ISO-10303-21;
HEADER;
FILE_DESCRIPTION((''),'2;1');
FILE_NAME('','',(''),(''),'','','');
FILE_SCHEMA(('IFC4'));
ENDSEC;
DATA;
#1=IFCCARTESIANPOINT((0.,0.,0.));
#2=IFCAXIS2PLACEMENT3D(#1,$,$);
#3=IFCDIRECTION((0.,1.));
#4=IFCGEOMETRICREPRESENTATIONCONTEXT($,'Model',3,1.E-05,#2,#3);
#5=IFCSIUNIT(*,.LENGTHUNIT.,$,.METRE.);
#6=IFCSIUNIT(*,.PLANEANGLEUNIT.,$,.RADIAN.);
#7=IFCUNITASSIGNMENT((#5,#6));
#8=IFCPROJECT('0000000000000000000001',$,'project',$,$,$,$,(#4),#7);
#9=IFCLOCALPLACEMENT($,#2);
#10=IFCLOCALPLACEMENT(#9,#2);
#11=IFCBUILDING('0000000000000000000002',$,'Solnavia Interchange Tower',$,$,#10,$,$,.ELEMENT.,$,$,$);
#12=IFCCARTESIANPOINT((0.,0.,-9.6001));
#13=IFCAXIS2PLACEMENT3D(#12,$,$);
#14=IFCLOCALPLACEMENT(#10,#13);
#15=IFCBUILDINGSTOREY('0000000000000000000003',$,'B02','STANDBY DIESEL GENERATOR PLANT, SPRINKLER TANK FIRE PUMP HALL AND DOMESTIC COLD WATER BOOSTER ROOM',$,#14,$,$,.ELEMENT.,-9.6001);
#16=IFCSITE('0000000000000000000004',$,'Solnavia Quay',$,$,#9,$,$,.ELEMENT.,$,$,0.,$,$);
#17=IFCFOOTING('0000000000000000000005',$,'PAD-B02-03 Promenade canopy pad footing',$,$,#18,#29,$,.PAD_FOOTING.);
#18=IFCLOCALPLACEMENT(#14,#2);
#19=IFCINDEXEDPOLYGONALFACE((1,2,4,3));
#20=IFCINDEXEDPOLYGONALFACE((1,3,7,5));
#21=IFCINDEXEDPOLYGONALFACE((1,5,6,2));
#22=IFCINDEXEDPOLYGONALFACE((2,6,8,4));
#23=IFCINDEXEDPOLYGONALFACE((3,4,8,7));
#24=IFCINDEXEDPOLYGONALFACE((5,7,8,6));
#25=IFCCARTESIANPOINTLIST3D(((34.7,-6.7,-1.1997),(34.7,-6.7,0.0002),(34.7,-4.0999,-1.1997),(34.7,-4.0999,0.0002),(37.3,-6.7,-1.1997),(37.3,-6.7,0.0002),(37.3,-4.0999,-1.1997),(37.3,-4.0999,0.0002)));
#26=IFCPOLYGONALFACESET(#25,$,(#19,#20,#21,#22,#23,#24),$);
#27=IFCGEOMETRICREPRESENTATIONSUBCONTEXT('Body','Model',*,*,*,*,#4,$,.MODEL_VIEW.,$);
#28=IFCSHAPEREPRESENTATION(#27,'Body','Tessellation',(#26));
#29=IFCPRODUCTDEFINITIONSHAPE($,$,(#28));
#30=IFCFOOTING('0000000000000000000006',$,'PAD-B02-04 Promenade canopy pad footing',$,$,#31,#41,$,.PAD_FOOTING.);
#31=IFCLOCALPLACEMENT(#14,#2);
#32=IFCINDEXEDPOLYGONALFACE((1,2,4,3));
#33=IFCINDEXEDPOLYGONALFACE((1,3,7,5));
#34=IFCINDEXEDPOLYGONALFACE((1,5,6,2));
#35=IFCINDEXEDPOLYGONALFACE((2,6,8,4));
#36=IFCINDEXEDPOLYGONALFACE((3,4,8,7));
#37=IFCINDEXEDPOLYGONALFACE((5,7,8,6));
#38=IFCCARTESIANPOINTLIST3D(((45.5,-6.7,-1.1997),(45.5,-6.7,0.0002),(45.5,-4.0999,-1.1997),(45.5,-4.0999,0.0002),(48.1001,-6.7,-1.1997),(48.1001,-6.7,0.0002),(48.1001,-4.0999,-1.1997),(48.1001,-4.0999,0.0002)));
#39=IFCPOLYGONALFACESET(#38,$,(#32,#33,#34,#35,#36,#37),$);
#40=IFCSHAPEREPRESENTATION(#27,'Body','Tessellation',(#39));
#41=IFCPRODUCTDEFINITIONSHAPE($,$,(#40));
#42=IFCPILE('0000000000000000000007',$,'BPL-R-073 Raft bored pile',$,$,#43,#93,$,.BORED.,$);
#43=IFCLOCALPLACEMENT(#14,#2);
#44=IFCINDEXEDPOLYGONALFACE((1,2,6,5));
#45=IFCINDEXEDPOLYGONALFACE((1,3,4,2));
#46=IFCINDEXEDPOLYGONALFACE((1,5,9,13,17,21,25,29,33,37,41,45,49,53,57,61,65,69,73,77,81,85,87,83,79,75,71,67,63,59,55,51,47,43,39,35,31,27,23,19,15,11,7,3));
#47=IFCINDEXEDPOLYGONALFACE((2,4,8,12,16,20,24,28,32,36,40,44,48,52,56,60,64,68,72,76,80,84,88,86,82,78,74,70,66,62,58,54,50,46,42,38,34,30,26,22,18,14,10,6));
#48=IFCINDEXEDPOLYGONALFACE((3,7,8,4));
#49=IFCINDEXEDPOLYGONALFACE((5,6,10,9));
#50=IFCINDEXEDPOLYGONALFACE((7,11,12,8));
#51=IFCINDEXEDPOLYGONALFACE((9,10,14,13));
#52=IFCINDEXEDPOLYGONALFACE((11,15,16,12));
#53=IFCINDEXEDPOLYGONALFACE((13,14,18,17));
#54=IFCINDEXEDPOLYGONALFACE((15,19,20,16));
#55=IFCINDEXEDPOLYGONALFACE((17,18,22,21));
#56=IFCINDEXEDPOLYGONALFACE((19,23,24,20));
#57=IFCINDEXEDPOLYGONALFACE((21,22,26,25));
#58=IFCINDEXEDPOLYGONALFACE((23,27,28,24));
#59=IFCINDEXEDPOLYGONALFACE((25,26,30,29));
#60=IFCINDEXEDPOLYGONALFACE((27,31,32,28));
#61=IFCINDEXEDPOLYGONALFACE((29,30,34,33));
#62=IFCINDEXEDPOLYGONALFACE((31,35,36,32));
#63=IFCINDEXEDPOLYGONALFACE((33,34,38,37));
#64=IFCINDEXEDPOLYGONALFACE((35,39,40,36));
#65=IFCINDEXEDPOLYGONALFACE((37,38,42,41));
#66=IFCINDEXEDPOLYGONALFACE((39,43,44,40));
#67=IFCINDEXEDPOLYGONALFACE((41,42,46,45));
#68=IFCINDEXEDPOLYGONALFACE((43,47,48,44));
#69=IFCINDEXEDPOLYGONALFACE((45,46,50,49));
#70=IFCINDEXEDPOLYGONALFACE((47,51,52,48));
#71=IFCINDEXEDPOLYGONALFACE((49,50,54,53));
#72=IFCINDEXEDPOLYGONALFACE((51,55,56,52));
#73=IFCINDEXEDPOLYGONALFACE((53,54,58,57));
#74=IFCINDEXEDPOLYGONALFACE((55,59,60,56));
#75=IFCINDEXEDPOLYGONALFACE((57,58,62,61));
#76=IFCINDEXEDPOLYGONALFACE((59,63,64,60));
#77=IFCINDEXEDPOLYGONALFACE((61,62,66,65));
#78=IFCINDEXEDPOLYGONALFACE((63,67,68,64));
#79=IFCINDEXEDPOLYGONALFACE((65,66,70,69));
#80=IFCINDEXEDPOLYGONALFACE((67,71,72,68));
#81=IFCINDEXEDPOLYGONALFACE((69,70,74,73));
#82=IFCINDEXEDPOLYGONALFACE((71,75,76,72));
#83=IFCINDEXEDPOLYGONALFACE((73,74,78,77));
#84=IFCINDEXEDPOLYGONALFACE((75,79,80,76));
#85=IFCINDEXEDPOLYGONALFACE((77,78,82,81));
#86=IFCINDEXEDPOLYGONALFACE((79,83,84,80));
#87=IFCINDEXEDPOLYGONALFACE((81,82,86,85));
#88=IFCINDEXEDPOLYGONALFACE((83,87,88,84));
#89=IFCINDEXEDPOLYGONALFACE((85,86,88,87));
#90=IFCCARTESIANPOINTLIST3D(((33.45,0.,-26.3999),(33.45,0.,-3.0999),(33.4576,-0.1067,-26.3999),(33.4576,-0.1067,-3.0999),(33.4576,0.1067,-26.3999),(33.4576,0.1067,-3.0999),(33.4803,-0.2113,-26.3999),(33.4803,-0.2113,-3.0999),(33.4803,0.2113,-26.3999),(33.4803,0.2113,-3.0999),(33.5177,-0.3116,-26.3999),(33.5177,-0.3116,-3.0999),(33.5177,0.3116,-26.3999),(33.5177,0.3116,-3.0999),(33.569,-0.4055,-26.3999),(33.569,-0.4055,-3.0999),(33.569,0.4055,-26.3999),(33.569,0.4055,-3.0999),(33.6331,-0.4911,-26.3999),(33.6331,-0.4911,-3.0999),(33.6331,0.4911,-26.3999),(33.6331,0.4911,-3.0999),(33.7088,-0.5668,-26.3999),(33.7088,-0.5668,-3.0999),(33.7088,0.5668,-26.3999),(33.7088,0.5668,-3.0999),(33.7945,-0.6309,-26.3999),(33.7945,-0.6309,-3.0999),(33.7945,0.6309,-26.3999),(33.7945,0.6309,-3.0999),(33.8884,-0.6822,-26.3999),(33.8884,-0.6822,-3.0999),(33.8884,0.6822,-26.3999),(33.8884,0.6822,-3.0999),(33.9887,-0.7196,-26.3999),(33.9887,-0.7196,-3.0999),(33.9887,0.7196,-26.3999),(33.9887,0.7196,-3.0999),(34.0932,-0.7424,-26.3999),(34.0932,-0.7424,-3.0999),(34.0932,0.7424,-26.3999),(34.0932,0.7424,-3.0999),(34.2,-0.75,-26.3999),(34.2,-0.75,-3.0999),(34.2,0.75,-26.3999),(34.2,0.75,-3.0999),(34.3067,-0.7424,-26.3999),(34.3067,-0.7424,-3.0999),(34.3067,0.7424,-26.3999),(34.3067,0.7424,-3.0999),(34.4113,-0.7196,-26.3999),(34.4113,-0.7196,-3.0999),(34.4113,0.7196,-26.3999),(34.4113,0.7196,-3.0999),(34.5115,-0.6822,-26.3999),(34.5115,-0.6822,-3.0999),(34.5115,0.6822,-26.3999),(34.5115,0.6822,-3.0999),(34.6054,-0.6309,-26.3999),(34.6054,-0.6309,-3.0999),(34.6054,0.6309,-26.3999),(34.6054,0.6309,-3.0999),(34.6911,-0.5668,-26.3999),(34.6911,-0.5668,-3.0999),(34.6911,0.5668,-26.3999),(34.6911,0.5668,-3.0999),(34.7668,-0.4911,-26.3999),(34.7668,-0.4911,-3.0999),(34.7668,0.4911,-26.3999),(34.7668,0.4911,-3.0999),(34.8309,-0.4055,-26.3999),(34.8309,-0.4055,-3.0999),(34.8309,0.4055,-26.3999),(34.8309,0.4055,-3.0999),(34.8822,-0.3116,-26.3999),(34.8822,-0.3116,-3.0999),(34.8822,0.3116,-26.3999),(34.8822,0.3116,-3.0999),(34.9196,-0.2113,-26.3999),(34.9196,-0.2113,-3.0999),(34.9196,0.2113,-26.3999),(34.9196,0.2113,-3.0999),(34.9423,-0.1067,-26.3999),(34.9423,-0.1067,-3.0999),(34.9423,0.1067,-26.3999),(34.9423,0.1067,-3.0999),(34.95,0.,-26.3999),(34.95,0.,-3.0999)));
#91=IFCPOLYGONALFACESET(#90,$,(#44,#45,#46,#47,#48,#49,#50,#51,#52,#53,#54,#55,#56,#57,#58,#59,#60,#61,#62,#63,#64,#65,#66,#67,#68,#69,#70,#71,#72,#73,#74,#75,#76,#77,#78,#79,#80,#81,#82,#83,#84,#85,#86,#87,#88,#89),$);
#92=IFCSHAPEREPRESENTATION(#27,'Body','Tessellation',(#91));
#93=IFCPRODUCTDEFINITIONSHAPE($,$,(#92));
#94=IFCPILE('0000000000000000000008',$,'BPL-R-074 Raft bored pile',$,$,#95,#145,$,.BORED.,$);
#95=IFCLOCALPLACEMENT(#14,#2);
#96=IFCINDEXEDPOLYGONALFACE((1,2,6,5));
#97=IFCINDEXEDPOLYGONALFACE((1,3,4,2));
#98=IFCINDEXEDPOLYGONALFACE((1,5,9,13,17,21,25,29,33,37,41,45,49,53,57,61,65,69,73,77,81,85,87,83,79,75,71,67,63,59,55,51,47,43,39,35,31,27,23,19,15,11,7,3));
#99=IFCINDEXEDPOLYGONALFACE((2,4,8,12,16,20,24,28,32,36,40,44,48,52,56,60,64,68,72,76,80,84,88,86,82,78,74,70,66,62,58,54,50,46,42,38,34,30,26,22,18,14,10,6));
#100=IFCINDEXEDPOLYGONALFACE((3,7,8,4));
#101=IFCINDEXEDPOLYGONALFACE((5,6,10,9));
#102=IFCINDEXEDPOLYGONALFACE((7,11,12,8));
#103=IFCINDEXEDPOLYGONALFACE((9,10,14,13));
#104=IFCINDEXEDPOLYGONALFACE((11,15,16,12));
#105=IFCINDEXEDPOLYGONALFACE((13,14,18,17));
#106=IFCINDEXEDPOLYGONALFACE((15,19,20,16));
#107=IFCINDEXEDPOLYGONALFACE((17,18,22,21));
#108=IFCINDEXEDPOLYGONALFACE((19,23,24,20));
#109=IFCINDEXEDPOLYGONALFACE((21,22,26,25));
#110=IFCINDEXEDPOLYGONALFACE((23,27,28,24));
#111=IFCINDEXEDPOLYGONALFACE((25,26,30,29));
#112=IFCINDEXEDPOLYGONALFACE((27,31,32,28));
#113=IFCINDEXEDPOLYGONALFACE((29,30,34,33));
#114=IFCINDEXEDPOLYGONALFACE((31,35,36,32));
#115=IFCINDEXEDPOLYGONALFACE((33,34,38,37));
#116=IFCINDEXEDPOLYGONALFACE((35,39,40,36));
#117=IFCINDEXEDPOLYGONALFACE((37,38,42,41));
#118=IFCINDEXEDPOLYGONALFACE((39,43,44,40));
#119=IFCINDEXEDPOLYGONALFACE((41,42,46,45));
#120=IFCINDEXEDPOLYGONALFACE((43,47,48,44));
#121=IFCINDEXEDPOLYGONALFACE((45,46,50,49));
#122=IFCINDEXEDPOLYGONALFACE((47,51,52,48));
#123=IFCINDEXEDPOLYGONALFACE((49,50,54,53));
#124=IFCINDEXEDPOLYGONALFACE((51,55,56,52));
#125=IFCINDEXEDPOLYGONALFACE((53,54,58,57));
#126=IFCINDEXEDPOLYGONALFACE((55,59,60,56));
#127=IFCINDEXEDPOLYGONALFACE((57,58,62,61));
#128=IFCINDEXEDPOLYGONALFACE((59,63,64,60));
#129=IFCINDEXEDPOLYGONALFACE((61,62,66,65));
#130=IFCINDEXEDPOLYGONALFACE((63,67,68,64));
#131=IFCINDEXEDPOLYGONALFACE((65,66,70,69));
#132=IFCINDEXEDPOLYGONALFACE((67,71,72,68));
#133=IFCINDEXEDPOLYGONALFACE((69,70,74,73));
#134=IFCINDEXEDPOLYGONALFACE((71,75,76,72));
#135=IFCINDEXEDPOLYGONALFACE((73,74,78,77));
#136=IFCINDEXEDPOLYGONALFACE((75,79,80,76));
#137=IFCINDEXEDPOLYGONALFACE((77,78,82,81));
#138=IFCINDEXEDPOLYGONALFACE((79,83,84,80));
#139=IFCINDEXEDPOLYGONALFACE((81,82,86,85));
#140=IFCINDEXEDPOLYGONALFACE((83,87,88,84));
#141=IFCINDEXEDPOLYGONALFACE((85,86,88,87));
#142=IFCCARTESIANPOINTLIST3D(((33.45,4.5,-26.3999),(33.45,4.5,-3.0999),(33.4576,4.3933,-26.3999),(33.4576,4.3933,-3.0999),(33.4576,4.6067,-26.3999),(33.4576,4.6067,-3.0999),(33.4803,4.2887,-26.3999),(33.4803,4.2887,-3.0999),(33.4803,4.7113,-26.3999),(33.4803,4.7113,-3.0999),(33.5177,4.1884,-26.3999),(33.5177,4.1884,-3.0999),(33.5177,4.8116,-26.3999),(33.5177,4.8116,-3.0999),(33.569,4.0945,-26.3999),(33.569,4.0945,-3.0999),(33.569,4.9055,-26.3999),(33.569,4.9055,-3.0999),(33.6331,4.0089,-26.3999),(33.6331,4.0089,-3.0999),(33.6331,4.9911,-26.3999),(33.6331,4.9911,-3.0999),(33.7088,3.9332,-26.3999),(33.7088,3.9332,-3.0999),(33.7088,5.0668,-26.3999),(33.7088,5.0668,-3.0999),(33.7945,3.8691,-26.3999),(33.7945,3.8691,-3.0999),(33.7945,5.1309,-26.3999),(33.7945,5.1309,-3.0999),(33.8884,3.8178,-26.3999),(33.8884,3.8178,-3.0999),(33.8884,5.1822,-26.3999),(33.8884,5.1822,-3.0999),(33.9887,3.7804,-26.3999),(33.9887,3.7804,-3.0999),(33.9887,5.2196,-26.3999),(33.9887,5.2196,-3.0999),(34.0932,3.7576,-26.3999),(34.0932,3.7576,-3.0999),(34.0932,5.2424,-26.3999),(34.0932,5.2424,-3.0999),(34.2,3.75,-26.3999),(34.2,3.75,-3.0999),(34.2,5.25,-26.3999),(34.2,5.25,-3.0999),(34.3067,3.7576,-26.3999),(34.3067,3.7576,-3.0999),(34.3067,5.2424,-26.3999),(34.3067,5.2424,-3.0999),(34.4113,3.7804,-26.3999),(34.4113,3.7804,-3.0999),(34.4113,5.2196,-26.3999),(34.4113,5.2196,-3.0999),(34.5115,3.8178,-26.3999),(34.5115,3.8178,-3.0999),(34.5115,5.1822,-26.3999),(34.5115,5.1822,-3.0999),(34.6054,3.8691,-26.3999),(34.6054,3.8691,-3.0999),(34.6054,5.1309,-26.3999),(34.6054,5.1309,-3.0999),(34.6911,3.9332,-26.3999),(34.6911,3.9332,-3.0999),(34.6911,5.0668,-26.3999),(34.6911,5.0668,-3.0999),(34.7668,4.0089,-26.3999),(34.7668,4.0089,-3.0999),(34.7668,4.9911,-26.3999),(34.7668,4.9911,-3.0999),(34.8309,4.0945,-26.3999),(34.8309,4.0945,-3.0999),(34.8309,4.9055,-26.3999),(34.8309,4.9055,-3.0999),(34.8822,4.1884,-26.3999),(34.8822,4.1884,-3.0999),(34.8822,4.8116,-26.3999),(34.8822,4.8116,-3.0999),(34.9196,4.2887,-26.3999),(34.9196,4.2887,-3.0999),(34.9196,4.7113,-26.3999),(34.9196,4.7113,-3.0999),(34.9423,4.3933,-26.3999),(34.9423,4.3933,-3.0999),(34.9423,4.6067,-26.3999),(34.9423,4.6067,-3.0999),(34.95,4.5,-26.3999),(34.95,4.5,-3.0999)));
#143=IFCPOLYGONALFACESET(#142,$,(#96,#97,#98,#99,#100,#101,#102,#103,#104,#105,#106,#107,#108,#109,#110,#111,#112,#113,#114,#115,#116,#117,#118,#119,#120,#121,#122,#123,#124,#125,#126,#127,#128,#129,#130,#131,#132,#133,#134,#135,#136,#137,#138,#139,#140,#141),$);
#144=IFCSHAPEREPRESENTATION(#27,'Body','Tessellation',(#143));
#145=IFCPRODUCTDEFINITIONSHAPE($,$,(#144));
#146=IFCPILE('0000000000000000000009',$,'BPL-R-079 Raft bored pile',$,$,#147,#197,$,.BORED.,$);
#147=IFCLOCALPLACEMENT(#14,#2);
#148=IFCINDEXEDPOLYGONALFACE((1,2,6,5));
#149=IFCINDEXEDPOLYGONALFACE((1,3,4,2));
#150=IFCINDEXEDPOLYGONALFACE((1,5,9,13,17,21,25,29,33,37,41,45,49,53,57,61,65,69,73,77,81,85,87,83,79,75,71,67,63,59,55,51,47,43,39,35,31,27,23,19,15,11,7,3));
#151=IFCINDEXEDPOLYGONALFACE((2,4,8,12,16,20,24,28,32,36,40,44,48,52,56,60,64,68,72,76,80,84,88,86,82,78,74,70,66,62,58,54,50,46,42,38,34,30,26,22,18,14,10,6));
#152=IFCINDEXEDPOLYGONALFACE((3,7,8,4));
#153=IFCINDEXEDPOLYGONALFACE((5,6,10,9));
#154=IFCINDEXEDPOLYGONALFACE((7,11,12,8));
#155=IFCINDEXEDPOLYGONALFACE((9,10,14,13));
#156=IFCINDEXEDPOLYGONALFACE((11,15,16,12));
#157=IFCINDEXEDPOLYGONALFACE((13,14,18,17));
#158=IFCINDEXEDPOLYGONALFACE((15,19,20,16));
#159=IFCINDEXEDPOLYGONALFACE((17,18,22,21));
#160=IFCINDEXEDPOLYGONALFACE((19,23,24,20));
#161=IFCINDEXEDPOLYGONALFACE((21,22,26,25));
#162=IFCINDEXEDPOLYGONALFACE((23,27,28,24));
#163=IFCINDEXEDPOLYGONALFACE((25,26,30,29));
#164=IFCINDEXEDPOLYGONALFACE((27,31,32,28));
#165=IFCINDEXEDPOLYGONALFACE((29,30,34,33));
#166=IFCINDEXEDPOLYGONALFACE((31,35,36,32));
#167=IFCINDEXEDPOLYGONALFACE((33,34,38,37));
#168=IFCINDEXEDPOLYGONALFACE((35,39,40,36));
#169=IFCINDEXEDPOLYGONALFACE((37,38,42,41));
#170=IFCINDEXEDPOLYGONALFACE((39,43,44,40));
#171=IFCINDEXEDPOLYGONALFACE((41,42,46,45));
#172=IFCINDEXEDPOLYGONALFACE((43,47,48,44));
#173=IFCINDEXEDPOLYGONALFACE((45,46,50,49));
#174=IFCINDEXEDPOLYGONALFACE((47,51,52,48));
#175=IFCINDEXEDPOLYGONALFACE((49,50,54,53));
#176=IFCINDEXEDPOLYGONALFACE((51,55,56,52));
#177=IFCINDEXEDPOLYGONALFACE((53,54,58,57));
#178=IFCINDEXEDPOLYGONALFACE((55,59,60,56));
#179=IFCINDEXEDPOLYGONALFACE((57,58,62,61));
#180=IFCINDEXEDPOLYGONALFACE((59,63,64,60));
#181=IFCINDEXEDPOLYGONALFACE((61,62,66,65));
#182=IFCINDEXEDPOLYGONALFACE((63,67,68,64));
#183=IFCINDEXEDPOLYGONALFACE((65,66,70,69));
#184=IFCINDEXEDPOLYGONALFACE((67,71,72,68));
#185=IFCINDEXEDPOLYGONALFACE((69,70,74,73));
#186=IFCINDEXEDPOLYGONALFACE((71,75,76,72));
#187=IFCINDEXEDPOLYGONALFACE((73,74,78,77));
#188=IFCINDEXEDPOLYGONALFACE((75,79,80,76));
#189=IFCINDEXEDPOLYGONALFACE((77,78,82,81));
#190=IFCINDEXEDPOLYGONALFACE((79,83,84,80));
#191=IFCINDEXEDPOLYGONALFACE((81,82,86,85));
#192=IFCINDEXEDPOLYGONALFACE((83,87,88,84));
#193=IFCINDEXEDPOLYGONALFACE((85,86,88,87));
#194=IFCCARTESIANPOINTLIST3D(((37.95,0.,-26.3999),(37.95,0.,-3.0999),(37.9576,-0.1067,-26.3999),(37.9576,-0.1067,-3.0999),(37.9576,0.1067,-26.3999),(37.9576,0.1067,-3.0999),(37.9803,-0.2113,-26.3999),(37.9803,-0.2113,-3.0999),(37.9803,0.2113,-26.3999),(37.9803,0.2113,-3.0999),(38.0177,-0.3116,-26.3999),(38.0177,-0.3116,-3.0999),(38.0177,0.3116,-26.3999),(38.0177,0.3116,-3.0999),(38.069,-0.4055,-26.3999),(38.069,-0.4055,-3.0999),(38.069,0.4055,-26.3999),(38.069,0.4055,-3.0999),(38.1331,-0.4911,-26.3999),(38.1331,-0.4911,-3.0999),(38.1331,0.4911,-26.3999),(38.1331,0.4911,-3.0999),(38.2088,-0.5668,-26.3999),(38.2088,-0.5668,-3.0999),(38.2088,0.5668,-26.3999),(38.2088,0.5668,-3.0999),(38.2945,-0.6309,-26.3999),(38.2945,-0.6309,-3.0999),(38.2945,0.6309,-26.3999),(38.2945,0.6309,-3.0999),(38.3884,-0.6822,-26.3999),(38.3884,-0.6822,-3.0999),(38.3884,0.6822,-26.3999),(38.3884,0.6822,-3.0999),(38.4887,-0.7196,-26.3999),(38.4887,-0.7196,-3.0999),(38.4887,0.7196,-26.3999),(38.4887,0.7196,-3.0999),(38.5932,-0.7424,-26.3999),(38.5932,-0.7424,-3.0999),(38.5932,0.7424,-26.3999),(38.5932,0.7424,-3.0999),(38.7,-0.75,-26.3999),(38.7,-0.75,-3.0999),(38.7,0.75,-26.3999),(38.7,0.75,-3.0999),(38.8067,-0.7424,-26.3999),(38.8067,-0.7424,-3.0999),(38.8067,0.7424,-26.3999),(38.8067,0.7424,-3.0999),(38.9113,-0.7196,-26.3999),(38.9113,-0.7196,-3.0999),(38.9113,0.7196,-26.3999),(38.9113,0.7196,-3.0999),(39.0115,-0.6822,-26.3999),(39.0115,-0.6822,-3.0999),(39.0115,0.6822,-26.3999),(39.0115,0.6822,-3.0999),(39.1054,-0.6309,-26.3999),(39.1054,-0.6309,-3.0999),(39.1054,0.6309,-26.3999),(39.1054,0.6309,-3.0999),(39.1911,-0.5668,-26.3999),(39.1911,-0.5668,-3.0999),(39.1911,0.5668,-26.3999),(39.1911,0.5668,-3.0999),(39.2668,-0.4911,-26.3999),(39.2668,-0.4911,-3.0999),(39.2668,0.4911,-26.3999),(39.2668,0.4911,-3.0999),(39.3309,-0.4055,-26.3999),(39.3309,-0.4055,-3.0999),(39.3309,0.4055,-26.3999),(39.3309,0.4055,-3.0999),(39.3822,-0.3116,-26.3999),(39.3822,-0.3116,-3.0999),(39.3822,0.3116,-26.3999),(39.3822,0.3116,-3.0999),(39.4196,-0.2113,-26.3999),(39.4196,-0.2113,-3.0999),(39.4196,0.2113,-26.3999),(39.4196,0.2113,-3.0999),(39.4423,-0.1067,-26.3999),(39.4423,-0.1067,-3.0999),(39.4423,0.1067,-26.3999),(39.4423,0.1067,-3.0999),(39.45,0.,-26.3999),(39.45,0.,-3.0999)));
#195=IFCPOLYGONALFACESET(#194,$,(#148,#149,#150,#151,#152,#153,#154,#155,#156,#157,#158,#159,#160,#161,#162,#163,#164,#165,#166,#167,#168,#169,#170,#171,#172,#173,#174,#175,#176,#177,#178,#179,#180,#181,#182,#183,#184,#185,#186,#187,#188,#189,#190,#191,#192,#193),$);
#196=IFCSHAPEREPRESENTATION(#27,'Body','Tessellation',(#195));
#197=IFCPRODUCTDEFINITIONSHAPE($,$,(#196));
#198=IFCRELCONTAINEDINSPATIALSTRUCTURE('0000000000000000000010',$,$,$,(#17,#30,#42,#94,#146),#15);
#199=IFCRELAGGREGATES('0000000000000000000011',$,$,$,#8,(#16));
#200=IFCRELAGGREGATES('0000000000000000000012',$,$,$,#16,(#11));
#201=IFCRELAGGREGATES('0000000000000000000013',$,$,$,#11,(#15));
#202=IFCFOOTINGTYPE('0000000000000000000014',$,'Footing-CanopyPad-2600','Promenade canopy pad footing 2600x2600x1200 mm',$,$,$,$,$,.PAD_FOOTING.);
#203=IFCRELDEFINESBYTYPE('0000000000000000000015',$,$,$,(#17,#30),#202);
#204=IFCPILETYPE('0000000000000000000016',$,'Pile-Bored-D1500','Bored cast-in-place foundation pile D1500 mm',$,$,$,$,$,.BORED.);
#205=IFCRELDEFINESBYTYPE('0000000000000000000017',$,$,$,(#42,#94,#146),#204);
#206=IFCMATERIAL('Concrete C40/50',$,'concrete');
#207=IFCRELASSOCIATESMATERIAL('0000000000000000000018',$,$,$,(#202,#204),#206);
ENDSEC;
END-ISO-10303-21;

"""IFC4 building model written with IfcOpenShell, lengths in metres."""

from ifc_helpers import new_model, si_unit, direction, frame, origin, origin_2d, place, context, subcontext, project, spatial, rectangle, circle, extrude, material, material_profile, profile_set, type_object, element, save


model = new_model("IFC4")

# Units and contexts
model_context = context("Model", 3, precision=1e-05, world=origin(), true_north=direction((0.0, 1.0)))
body_context = subcontext(model_context, "Body", "Model", "MODEL_VIEW")
ifc_project = project(units=[si_unit("LENGTHUNIT", "METRE"), si_unit("PLANEANGLEUNIT", "RADIAN")], contexts=[model_context])

# Site, building, storey
site_placement = place(None, origin())
site = spatial("IfcSite", under=ifc_project, at=site_placement, Name="Solnavia Quay", CompositionType="ELEMENT", RefElevation=0.0)
building_placement = place(site_placement, origin())
building = spatial("IfcBuilding", under=site, at=building_placement, Name="Solnavia Interchange Tower", CompositionType="ELEMENT")
storey_placement = place(building_placement, frame((0.0, 0.0, -9.6001)))
storey = spatial("IfcBuildingStorey", under=building, at=storey_placement, Name="B02", Description="STANDBY DIESEL GENERATOR PLANT, SPRINKLER TANK FIRE PUMP HALL AND DOMESTIC COLD WATER BOOSTER ROOM", CompositionType="ELEMENT", Elevation=-9.6001)

# Footings
ifc_material_1 = material(Name="Concrete C40/50", Category="concrete")
footing_type = type_object("IfcFootingType", Name="Footing-CanopyPad-2600", Description="Promenade canopy pad footing 2600x2600x1200 mm", PredefinedType="PAD_FOOTING", material=ifc_material_1)
for number, where, z_axis, x_axis, name in (
    (1, (36.0, -5.3999, -1.1997), (0.0, 0.0, 1.0), (1.0, 0.0, 0.0), "PAD-B02-03 Promenade canopy pad footing"),
    (2, (46.8, -5.3999, -1.1997), (0.0, 0.0, 1.0), (1.0, 0.0, 0.0), "PAD-B02-04 Promenade canopy pad footing"),
):
    element("IfcFooting", number, at=place(storey_placement, frame(where, z_axis=z_axis, x_axis=x_axis)), inside=storey, type_object=footing_type, Name=name, PredefinedType="PAD_FOOTING", context=body_context, shape_type="SweptSolid", body=[
        extrude(rectangle(XDim=2.6001, YDim=2.6001, at=origin_2d()), origin(), (0.0, 0.0, 1.0), 1.2),
    ])

# Piles
ifc_material_profile_1 = material_profile(ifc_material_1, circle(Radius=0.75, at=origin_2d()), Name="PILE D1500")
ifc_profile_set_1 = profile_set([ifc_material_profile_1], Name="Concrete C40/50")
pile_type = type_object("IfcPileType", Name="Pile-Bored-D1500", Description="Bored cast-in-place foundation pile D1500 mm", PredefinedType="BORED", material=ifc_profile_set_1)
for number, where, z_axis, x_axis, name in (
    (3, (34.2, 0.0, -3.0999), (0.0, 0.0, -1.0), (1.0, 0.0, 0.0), "BPL-R-073 Raft bored pile"),
    (4, (34.2, 4.5, -3.0999), (0.0, 0.0, -1.0), (1.0, 0.0, 0.0), "BPL-R-074 Raft bored pile"),
    (5, (38.7, 0.0, -3.0999), (0.0, 0.0, -1.0), (1.0, 0.0, 0.0), "BPL-R-079 Raft bored pile"),
):
    element("IfcPile", number, at=place(storey_placement, frame(where, z_axis=z_axis, x_axis=x_axis)), inside=storey, type_object=pile_type, Name=name, PredefinedType="BORED", context=body_context, shape_type="SweptSolid", body=[
        extrude(circle(Radius=0.75, at=origin_2d()), origin(), (0.0, 0.0, 1.0), 23.3),
    ])

save(model, "model.ifc")
